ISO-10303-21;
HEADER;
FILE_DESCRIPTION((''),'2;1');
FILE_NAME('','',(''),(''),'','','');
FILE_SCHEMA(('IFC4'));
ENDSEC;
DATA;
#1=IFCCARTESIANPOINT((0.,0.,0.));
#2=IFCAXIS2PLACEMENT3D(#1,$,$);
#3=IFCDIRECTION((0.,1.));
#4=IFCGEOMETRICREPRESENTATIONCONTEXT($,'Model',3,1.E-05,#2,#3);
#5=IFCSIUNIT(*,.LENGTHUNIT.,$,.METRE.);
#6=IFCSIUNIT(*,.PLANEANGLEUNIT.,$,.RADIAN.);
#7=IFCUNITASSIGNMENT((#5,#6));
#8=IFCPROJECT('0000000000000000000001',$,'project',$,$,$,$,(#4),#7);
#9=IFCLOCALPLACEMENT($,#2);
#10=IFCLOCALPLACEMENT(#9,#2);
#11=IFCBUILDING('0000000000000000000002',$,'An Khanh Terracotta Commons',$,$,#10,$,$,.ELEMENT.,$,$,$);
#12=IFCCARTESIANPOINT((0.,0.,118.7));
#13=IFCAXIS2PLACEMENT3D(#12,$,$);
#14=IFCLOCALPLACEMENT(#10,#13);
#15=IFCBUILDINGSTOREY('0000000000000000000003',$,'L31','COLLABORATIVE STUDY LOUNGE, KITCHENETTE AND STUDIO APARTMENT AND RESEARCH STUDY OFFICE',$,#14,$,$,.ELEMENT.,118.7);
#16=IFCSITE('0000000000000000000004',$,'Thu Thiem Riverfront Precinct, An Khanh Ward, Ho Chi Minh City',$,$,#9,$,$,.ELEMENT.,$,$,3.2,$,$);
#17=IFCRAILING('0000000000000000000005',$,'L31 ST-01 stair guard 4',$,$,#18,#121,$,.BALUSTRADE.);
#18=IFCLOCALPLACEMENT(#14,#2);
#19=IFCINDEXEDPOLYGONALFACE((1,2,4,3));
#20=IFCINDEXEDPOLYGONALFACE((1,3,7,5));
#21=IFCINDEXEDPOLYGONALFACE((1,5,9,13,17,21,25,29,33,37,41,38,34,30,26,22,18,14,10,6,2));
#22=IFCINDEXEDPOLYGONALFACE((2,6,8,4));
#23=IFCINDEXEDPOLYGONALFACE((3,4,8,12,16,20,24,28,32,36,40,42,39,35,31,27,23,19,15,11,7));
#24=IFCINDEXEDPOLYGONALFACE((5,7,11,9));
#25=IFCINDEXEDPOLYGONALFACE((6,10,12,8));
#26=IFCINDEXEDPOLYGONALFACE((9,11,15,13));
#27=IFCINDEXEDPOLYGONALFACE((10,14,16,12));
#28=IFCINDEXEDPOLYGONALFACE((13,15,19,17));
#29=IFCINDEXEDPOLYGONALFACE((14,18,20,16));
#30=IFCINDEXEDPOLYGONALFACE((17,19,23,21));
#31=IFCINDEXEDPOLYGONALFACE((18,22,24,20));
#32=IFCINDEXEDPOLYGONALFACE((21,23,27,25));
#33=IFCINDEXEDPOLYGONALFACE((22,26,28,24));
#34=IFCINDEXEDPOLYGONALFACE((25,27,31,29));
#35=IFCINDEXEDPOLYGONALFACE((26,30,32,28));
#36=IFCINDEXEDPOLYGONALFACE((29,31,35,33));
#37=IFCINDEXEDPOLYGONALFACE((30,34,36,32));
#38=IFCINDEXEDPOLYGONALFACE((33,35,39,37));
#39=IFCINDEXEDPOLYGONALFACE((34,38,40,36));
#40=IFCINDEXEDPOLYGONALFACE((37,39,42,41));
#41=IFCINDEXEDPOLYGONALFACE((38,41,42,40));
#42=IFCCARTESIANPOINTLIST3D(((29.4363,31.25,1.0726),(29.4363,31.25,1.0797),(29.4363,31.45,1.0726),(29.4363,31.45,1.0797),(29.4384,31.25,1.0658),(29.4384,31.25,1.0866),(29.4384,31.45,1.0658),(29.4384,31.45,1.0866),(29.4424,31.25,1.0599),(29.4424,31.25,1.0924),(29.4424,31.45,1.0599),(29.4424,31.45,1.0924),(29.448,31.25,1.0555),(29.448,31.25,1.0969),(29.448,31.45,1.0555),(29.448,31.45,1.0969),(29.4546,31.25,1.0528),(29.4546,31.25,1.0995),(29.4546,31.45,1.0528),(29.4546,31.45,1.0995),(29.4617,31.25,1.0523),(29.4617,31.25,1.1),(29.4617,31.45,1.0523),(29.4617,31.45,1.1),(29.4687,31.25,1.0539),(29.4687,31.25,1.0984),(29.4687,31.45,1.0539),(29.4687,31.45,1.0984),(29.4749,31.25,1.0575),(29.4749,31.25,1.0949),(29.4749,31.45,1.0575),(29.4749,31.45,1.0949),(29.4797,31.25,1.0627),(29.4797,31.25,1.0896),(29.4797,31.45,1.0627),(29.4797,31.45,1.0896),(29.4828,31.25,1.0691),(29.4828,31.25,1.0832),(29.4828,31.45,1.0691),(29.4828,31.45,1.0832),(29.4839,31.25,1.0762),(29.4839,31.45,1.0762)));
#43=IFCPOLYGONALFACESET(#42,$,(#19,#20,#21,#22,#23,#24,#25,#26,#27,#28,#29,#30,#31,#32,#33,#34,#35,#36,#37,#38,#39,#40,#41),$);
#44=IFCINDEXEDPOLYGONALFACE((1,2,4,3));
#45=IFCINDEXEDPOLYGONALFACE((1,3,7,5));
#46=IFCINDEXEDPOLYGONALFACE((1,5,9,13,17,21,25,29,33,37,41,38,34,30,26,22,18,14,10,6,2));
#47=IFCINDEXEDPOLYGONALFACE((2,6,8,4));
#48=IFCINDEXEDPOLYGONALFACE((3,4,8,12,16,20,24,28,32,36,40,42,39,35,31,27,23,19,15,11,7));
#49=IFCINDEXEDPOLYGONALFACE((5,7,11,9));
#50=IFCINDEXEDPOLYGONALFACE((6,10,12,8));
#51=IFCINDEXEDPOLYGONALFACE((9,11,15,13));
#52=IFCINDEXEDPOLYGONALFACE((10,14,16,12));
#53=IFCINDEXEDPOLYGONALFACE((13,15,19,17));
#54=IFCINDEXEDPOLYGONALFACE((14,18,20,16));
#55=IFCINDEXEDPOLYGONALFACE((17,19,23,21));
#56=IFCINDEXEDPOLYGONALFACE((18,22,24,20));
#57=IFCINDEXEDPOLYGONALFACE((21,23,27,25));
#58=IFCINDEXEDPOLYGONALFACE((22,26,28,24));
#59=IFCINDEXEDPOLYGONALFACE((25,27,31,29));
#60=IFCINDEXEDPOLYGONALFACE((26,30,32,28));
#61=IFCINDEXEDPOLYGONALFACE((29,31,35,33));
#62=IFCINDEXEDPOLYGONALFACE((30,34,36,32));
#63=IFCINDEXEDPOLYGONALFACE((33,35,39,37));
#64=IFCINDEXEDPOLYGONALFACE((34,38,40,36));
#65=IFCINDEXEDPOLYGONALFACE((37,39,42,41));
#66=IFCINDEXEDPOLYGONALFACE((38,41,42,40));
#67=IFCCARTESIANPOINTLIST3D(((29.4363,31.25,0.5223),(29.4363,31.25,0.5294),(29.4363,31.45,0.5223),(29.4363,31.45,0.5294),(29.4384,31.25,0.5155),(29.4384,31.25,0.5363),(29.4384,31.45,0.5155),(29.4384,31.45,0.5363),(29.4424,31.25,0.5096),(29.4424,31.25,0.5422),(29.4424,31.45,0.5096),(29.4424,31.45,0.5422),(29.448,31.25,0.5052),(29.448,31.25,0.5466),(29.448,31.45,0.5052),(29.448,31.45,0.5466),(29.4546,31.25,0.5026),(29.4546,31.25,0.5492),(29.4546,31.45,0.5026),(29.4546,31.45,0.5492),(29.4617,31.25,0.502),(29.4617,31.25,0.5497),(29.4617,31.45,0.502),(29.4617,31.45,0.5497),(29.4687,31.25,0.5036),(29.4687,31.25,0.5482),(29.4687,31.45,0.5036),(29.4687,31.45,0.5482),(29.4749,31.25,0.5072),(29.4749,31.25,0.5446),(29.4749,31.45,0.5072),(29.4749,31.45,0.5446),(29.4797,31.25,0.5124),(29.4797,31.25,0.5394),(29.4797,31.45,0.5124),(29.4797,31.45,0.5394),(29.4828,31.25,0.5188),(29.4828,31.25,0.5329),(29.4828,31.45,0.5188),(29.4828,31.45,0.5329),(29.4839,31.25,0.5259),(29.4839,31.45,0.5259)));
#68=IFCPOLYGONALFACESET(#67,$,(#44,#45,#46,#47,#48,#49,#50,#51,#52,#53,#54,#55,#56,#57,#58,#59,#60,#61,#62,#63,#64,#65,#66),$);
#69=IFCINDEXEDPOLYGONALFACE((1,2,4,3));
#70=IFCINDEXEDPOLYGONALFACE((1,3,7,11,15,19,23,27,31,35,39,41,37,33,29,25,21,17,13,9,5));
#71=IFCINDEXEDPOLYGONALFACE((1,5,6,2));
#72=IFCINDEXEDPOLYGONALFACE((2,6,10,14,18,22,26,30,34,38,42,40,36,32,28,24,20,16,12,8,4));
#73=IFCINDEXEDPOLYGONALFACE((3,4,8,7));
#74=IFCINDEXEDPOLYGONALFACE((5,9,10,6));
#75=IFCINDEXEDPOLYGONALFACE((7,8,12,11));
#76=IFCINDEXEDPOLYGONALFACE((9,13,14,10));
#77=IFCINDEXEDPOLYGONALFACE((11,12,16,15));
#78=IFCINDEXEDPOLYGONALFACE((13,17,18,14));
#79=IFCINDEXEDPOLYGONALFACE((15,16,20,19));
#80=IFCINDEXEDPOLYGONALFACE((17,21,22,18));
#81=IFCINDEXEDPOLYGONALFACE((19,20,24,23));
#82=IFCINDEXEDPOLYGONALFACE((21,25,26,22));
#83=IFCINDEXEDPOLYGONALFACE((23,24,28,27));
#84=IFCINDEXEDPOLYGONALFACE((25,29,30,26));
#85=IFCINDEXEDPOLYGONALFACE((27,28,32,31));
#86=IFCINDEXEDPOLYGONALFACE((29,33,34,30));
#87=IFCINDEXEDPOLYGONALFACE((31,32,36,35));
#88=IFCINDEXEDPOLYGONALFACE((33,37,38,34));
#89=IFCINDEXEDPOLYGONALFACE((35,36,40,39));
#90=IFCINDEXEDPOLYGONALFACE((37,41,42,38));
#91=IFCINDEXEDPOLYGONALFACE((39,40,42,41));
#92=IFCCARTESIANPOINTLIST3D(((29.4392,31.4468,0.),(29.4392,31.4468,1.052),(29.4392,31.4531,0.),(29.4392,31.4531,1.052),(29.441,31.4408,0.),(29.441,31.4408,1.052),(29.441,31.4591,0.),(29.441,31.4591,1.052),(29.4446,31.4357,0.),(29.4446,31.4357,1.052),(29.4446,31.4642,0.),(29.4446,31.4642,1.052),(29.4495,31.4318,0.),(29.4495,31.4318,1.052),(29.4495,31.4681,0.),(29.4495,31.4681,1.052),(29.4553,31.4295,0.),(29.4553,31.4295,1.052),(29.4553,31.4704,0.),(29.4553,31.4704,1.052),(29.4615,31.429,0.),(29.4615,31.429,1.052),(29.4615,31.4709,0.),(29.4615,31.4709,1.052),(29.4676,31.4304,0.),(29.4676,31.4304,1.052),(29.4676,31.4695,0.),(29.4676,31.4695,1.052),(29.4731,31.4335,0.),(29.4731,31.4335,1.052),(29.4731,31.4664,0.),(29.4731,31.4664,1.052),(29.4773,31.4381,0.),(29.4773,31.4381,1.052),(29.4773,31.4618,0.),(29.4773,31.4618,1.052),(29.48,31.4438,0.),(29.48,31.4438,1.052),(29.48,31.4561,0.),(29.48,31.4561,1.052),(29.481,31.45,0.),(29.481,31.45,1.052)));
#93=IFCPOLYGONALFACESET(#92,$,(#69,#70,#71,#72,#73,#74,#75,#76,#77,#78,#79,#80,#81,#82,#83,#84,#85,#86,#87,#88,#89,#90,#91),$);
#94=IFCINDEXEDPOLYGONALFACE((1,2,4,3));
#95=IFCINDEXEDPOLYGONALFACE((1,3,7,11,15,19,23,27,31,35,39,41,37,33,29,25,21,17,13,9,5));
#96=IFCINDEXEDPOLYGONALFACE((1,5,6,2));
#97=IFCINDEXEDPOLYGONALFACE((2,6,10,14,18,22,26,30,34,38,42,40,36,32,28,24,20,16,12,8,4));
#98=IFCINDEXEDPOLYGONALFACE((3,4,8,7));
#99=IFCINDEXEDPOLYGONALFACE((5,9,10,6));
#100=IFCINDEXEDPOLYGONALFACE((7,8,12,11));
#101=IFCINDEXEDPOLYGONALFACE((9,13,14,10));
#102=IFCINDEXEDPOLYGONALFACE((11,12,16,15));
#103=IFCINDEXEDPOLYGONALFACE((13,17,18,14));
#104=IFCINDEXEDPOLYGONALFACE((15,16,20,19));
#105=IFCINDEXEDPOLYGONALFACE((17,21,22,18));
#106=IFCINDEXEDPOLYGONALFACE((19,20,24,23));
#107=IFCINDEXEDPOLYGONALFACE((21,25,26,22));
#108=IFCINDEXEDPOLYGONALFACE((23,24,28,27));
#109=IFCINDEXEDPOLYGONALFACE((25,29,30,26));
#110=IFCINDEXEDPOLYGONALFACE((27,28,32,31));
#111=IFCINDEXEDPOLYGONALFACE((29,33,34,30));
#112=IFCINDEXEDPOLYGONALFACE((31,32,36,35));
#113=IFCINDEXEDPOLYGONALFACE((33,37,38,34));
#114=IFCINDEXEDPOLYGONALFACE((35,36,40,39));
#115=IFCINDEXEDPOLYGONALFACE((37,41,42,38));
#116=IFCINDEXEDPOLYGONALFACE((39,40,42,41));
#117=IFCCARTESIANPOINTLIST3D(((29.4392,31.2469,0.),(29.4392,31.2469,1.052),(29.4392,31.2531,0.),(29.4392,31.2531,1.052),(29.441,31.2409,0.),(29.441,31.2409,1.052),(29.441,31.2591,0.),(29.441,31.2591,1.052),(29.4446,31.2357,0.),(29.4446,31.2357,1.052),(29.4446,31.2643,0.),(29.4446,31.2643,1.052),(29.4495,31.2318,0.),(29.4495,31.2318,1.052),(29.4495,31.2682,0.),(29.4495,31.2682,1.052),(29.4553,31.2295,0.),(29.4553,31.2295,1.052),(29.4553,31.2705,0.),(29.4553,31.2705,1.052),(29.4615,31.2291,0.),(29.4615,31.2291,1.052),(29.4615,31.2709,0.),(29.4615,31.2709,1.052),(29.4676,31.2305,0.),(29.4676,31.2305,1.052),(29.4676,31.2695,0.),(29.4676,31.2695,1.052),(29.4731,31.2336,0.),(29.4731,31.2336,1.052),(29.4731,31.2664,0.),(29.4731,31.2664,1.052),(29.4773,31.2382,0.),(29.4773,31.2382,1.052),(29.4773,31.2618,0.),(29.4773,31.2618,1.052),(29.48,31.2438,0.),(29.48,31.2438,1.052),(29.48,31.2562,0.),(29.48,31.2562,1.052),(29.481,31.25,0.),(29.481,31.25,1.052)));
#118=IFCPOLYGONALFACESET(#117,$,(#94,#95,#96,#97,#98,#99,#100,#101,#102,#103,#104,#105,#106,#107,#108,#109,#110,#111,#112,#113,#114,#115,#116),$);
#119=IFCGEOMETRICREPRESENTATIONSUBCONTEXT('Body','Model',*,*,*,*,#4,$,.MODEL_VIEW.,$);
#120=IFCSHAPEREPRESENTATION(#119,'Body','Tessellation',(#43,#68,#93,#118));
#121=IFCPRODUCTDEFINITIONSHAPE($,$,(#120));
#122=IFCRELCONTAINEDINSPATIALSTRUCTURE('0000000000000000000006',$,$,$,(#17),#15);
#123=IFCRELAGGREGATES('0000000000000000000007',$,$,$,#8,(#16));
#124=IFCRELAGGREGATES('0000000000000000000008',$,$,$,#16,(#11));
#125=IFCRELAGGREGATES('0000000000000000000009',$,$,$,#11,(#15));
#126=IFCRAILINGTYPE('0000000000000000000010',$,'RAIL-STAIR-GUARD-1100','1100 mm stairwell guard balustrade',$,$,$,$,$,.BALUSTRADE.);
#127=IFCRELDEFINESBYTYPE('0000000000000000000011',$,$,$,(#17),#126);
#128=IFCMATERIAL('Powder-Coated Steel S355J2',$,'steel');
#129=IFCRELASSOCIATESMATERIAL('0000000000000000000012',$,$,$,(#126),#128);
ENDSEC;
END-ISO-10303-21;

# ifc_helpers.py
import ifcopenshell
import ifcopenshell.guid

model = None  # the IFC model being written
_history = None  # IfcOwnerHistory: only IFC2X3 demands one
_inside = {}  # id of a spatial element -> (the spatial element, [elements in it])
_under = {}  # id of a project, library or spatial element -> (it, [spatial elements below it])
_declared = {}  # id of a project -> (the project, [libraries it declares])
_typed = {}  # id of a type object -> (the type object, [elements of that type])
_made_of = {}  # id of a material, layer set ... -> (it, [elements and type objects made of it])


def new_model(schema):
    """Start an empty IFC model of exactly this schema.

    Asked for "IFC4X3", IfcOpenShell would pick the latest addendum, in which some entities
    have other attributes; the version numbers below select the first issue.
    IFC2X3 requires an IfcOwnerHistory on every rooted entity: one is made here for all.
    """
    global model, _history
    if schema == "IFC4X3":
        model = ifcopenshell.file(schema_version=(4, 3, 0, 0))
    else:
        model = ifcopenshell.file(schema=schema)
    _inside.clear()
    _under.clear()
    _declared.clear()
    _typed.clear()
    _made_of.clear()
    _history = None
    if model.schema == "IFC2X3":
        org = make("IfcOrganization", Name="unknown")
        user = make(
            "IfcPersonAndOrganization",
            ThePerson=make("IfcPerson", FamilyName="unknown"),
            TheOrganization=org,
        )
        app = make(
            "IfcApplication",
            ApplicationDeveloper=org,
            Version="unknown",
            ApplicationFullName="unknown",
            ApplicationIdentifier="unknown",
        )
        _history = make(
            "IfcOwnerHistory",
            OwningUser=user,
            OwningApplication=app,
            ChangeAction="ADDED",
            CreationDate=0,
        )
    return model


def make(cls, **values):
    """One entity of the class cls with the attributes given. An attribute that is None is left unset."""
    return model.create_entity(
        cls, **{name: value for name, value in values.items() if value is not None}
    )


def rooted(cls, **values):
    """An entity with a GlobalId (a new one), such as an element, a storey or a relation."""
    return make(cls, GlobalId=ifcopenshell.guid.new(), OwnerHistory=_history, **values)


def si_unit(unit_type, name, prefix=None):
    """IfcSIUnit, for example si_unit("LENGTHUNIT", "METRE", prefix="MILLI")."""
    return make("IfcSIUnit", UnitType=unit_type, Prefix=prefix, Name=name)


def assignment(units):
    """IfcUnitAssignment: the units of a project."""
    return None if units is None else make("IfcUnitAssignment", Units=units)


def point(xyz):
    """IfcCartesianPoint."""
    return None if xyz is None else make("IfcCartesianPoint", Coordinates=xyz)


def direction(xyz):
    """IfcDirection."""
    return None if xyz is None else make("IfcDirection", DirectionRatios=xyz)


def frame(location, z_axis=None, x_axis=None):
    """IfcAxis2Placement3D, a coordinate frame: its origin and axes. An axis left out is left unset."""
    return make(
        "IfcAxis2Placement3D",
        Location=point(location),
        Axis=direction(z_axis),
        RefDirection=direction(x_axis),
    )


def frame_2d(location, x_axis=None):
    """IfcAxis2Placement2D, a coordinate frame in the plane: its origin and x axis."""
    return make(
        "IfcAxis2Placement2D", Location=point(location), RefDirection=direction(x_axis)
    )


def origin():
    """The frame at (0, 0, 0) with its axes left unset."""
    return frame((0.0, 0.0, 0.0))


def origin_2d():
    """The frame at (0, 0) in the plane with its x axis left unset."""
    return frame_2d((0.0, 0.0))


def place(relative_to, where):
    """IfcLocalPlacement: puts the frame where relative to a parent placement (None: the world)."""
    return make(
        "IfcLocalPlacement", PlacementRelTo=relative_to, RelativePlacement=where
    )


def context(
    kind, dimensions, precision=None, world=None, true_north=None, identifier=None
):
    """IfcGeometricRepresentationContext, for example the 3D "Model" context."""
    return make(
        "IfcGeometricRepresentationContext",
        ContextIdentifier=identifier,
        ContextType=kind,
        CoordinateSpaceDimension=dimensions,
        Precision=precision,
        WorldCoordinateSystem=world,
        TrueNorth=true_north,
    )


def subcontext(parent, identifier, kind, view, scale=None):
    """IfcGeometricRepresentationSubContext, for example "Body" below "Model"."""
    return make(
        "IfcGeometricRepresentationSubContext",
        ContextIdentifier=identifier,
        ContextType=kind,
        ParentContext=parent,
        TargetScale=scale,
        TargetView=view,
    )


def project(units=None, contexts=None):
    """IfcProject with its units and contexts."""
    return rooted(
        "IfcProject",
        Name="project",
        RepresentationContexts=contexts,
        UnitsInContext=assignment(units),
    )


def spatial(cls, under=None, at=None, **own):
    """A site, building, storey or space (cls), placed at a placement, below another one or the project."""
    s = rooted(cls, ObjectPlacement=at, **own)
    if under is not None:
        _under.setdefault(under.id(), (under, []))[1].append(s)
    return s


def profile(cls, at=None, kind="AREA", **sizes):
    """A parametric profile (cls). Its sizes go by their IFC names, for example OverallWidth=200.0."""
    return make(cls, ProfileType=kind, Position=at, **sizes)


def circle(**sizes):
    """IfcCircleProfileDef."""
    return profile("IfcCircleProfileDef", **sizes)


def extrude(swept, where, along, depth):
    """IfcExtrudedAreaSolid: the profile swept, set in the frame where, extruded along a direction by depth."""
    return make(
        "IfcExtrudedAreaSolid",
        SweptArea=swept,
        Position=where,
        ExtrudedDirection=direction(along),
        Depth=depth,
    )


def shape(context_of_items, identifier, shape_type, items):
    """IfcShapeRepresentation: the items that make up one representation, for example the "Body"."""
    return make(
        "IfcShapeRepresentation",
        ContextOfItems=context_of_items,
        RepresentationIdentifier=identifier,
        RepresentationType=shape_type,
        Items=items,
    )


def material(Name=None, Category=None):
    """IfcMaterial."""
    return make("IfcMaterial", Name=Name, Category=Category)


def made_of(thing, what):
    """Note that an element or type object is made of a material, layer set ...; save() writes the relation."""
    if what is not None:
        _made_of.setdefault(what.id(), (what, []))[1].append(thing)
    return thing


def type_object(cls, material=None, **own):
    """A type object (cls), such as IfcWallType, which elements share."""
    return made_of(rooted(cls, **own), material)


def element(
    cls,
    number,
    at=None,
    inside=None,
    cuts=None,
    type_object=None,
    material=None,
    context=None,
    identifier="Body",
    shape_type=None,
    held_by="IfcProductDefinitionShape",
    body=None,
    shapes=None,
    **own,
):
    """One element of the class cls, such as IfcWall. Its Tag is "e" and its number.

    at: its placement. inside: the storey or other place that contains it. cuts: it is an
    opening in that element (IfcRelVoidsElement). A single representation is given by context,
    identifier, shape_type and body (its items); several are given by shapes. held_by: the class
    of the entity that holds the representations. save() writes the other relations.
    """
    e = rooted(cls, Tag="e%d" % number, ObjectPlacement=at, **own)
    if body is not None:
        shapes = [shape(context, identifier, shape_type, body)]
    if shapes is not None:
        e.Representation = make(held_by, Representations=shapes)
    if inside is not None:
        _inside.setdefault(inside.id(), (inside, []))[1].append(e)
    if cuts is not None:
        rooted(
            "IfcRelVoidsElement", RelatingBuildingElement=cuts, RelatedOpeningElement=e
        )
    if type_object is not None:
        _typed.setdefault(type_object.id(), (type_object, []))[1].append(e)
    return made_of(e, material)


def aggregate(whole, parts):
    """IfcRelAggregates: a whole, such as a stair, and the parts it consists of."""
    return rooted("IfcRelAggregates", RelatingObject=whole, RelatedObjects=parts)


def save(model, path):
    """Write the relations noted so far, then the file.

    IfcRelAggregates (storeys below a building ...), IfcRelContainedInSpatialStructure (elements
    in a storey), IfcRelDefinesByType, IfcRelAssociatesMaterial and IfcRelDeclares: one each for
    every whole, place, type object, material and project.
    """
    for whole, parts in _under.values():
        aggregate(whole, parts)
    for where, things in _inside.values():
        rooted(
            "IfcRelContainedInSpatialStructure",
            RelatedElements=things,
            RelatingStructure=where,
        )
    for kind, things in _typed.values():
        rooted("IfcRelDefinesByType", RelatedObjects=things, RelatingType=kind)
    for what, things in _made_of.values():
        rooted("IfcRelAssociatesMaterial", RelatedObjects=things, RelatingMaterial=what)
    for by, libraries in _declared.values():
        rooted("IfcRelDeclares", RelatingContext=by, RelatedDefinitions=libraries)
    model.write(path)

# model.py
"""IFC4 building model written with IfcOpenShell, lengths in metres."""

from ifc_helpers import new_model, si_unit, direction, frame, origin, origin_2d, place, context, subcontext, project, spatial, circle, extrude, material, type_object, element, save


model = new_model("IFC4")

# Units and contexts
model_context = context("Model", 3, precision=1e-05, world=origin(), true_north=direction((0.0, 1.0)))
body_context = subcontext(model_context, "Body", "Model", "MODEL_VIEW")
ifc_project = project(units=[si_unit("LENGTHUNIT", "METRE"), si_unit("PLANEANGLEUNIT", "RADIAN")], contexts=[model_context])

# Site, building, storey
site_placement = place(None, origin())
site = spatial("IfcSite", under=ifc_project, at=site_placement, Name="Thu Thiem Riverfront Precinct, An Khanh Ward, Ho Chi Minh City", CompositionType="ELEMENT", RefElevation=3.2)
building_placement = place(site_placement, origin())
building = spatial("IfcBuilding", under=site, at=building_placement, Name="An Khanh Terracotta Commons", CompositionType="ELEMENT")
storey_placement = place(building_placement, frame((0.0, 0.0, 118.7)))
storey = spatial("IfcBuildingStorey", under=building, at=storey_placement, Name="L31", Description="COLLABORATIVE STUDY LOUNGE, KITCHENETTE AND STUDIO APARTMENT AND RESEARCH STUDY OFFICE", CompositionType="ELEMENT", Elevation=118.7)

# Railing
ifc_material_1 = material(Name="Powder-Coated Steel S355J2", Category="steel")
railing_type_1 = type_object("IfcRailingType", Name="RAIL-STAIR-GUARD-1100", Description="1100 mm stairwell guard balustrade", PredefinedType="BALUSTRADE", material=ifc_material_1)
railing_1_placement = place(storey_placement, frame((29.46, 31.45, 0.0)))
element("IfcRailing", 1, at=railing_1_placement, inside=storey, type_object=railing_type_1, Name="L31 ST-01 stair guard 4", PredefinedType="BALUSTRADE", context=body_context, shape_type="SweptSolid", body=[
    extrude(circle(Radius=0.0239, at=origin_2d()), frame((0.0, 0.0, 1.0762), z_axis=(0.0, -1.0, 0.0), x_axis=(1.0, 0.0, 0.0)), (0.0, 0.0, 1.0), 0.2),
    extrude(circle(Radius=0.0239, at=origin_2d()), frame((0.0, 0.0, 0.5259), z_axis=(0.0, -1.0, 0.0), x_axis=(1.0, 0.0, 0.0)), (0.0, 0.0, 1.0), 0.2),
    extrude(circle(Radius=0.021, at=origin_2d()), origin(), (0.0, 0.0, 1.0), 1.052),
    extrude(circle(Radius=0.021, at=origin_2d()), frame((0.0, -0.2, 0.0)), (0.0, 0.0, 1.0), 1.052),
])

save(model, "model.ifc")
